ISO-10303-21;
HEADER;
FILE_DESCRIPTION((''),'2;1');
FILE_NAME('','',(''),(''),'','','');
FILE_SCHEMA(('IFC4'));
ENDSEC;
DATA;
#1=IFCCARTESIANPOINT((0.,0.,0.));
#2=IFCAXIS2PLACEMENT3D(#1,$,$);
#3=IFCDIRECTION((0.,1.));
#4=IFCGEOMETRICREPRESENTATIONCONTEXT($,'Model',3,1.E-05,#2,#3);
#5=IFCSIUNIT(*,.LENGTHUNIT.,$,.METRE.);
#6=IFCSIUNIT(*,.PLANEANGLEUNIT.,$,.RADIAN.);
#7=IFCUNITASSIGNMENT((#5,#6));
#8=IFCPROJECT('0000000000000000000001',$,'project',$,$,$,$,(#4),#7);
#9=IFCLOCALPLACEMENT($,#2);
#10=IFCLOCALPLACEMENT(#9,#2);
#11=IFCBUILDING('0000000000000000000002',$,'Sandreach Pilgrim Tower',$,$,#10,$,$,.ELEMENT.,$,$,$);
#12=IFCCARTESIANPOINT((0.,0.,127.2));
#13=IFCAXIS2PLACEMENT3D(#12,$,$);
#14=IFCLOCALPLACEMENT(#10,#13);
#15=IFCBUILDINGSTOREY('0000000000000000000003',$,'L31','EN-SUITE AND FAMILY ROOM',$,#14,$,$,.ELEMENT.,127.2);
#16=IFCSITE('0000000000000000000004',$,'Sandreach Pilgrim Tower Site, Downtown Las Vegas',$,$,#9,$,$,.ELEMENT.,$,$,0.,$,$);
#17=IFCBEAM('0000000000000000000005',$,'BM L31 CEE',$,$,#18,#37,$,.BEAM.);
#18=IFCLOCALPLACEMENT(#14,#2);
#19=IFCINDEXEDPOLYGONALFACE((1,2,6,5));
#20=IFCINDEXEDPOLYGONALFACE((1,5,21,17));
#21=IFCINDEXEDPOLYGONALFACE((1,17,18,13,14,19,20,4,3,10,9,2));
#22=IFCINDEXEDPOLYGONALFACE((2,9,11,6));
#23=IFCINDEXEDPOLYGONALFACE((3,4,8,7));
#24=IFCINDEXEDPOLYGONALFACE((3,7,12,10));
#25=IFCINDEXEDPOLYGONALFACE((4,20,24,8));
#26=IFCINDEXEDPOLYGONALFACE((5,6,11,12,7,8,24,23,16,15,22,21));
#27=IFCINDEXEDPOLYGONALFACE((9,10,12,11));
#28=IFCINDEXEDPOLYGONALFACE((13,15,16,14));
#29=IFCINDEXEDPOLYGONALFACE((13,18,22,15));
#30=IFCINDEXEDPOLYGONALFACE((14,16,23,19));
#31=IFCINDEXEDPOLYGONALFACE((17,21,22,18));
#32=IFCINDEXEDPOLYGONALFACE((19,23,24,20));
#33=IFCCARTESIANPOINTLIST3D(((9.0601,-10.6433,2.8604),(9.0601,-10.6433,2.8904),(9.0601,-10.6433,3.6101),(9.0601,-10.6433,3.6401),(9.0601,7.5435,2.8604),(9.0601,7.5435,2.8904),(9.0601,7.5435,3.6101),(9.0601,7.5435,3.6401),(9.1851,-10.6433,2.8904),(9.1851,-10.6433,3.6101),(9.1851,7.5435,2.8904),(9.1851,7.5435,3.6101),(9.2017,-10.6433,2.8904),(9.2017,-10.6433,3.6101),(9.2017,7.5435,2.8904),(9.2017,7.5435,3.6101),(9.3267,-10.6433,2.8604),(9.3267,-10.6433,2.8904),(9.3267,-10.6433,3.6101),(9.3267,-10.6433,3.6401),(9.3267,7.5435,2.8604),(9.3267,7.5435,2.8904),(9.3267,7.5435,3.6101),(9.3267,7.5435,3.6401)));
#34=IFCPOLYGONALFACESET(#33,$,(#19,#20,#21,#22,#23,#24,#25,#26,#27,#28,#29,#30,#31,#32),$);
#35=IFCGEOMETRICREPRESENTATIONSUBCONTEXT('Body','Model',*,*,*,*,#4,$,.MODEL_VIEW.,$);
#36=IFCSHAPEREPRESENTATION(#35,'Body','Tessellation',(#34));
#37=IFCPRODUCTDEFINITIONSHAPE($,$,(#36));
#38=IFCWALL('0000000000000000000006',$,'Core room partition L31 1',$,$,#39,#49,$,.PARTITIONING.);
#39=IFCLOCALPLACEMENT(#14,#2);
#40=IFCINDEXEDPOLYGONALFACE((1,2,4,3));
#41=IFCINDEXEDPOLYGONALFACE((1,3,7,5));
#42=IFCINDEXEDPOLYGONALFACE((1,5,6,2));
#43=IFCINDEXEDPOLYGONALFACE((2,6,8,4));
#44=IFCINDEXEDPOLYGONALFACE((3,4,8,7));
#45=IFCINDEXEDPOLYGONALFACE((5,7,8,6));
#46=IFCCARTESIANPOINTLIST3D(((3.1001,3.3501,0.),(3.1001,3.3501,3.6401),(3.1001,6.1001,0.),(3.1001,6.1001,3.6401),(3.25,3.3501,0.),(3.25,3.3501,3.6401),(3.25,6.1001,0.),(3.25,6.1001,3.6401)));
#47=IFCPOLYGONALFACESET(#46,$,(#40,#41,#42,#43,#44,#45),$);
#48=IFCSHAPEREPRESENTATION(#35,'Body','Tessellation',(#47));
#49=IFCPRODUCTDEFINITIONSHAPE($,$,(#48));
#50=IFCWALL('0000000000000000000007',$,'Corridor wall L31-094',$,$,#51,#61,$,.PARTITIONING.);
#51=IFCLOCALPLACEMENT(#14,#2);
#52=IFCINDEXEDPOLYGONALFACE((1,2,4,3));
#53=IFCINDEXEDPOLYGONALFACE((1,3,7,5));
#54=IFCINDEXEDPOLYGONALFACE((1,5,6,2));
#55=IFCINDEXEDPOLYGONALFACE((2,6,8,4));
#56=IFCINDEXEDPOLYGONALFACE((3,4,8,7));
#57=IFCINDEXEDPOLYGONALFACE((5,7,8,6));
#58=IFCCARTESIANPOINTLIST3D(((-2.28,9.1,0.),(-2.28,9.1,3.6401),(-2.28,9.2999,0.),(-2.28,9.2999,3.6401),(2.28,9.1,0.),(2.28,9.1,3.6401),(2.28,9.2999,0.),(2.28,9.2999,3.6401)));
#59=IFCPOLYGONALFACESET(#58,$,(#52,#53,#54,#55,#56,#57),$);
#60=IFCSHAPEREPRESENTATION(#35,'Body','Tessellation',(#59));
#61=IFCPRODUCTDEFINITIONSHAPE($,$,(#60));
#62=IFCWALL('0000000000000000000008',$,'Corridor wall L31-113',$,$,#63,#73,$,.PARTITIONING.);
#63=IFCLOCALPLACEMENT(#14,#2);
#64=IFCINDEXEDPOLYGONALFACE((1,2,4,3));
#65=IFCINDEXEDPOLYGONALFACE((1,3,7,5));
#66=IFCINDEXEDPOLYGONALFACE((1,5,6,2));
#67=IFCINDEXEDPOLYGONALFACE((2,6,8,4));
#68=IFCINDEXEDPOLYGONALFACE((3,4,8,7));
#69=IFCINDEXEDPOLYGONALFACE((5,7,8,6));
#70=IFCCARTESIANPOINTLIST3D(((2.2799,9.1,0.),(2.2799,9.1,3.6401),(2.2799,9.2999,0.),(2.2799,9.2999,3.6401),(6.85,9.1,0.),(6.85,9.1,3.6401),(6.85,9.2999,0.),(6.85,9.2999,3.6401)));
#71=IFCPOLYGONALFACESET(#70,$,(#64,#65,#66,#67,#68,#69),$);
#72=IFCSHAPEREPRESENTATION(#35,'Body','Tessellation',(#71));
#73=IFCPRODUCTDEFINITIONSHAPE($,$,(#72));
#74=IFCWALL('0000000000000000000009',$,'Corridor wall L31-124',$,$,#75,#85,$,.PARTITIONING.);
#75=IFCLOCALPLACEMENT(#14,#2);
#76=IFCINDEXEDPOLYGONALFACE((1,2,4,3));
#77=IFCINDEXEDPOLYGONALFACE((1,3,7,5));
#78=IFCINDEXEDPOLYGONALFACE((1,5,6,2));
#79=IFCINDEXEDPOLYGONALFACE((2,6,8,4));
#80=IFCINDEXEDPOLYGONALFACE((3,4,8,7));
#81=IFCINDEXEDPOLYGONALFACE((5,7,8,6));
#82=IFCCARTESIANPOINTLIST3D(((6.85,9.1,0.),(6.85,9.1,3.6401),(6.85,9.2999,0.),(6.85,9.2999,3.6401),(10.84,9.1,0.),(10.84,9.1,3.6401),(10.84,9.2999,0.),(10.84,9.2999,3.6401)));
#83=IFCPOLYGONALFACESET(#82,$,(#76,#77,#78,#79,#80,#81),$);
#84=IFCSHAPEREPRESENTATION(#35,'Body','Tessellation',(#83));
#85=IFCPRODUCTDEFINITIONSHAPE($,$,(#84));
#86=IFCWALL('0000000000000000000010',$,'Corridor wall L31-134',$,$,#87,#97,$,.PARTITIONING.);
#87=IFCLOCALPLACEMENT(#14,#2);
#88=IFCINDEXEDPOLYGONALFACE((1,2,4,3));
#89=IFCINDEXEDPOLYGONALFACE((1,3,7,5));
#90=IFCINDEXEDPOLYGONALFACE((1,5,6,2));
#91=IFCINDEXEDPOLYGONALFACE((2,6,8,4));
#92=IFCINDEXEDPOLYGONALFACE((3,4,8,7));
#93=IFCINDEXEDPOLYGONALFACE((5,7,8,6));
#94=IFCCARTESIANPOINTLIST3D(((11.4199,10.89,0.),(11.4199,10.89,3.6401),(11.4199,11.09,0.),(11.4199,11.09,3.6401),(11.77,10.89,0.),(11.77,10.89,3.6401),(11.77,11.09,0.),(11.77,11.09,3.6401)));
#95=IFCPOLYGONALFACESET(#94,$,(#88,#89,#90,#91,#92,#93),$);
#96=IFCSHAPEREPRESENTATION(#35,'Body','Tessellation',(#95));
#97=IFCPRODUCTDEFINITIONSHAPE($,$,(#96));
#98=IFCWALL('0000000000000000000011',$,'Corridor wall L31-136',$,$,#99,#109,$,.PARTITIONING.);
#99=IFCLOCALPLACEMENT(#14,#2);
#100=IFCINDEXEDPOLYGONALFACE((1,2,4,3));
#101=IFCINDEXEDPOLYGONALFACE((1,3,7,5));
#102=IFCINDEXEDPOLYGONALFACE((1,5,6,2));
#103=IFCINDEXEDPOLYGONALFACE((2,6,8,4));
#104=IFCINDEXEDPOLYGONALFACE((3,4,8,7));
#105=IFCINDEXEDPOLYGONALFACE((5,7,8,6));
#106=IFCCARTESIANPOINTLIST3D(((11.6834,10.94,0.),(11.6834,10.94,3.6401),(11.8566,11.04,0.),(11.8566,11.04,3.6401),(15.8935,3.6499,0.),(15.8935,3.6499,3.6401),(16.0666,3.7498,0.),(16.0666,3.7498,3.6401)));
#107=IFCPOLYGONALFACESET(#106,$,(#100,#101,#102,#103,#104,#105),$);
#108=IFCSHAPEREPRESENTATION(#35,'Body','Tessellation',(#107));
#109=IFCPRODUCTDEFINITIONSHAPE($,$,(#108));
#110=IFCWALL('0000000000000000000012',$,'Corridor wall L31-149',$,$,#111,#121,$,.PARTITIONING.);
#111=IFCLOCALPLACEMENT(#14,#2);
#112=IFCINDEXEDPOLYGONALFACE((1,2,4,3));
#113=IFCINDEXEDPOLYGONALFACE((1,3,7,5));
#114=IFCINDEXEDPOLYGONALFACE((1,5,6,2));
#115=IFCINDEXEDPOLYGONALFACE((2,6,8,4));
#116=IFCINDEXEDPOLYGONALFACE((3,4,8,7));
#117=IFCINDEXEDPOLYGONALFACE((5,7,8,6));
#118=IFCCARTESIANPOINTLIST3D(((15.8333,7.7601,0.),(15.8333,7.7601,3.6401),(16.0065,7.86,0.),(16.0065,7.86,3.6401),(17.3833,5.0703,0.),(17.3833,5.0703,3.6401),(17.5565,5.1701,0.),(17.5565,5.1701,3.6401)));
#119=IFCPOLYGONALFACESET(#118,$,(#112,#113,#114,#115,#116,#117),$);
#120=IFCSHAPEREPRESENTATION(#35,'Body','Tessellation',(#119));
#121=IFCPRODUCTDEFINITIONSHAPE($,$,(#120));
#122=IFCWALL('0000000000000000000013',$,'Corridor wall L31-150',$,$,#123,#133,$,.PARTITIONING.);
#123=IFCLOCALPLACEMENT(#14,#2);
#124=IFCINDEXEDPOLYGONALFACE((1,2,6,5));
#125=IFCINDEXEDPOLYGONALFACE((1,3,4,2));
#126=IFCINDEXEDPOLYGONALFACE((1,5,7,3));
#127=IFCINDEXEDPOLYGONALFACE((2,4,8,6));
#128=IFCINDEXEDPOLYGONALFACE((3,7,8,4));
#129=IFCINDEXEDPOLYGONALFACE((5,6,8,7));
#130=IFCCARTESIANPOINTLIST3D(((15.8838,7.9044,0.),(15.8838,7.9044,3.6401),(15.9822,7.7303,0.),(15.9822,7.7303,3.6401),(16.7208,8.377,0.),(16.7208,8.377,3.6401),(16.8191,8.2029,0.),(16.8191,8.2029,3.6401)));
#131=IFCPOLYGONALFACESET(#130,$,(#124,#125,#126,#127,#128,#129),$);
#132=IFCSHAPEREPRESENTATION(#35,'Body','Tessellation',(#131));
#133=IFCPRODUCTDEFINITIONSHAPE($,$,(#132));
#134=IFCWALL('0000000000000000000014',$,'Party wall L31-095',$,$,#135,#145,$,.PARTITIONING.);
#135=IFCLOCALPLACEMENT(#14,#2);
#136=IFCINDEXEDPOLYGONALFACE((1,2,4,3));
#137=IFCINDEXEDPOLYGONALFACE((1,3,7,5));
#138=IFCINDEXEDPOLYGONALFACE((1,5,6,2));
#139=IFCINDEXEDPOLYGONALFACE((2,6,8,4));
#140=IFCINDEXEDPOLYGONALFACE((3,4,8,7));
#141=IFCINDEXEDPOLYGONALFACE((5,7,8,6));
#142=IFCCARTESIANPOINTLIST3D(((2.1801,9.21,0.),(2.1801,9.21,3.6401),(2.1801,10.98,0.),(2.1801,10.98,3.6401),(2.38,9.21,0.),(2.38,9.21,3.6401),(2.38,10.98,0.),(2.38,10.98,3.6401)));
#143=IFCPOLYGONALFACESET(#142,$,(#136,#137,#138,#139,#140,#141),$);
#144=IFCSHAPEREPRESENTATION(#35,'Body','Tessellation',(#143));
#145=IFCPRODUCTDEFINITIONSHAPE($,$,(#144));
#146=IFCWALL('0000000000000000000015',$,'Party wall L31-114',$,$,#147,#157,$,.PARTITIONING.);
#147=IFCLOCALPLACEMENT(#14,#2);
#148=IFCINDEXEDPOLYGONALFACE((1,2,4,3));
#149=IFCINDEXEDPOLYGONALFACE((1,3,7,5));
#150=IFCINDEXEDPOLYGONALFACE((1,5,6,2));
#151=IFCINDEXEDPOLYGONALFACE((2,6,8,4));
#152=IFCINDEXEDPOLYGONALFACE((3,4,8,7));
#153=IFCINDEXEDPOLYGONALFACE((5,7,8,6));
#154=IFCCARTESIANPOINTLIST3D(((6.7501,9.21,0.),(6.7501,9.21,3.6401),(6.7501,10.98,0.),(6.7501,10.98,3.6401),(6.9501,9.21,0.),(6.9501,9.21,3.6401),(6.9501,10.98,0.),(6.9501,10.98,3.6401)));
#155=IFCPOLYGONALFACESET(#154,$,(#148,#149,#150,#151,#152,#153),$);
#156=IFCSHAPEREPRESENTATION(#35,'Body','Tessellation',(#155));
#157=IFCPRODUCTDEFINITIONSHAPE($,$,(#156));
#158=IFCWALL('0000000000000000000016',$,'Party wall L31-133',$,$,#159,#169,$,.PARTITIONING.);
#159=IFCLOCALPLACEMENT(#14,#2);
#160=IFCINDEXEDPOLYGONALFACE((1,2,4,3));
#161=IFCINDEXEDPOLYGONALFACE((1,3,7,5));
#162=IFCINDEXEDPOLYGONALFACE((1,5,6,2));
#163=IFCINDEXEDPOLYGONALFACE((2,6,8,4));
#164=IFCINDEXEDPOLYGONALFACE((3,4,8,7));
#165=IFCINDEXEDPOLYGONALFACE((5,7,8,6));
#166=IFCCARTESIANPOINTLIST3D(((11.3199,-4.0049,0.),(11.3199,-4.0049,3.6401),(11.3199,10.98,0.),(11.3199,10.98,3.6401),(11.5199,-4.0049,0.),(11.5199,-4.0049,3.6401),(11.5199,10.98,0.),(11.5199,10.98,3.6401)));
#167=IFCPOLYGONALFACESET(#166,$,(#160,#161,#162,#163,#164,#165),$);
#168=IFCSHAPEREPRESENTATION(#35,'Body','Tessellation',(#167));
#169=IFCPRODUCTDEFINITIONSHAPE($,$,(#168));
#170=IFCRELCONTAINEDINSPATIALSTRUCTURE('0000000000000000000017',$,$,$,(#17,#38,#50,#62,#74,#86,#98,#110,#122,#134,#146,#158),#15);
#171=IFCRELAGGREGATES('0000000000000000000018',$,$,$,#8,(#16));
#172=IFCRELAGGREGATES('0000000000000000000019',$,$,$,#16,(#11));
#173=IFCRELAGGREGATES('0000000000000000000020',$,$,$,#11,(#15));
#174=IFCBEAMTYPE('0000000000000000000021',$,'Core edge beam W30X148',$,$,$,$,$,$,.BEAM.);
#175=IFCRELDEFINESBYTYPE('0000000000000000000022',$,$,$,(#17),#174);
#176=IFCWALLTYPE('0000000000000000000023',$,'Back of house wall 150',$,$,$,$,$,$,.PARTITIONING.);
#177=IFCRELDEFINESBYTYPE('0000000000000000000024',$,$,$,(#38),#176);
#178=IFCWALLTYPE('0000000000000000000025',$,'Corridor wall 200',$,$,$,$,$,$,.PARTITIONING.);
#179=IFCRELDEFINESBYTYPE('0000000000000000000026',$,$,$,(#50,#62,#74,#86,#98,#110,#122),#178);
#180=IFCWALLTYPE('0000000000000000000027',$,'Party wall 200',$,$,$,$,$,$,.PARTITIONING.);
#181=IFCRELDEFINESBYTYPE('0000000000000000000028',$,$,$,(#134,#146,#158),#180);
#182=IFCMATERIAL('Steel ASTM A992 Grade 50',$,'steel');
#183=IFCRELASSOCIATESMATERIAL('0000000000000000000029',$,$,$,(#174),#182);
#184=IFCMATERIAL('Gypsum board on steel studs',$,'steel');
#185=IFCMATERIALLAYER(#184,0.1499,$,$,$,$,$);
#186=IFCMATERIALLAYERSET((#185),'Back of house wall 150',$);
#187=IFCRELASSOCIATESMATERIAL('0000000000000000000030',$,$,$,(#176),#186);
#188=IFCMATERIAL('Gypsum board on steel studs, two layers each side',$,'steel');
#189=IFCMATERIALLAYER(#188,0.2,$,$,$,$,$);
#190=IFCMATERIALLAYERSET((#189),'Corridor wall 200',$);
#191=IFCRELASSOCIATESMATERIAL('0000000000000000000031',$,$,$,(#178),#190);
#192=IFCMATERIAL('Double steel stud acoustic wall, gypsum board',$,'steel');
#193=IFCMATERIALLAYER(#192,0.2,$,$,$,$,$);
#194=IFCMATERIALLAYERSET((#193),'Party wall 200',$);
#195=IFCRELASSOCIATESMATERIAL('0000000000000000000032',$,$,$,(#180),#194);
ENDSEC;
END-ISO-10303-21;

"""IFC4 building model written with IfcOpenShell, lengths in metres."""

from ifc_helpers import new_model, si_unit, direction, frame, frame_2d, origin, origin_2d, place, context, subcontext, project, spatial, rectangle, i_section, extrude, material, layer, layer_set, material_profile, profile_set, type_object, element, save


model = new_model("IFC4")

# Units and contexts
model_context = context("Model", 3, precision=1e-05, world=origin(), true_north=direction((0.0, 1.0)))
body_context = subcontext(model_context, "Body", "Model", "MODEL_VIEW")
ifc_project = project(units=[si_unit("LENGTHUNIT", "METRE"), si_unit("PLANEANGLEUNIT", "RADIAN")], contexts=[model_context])

# Site, building, storey
site_placement = place(None, origin())
site = spatial("IfcSite", under=ifc_project, at=site_placement, Name="Sandreach Pilgrim Tower Site, Downtown Las Vegas", CompositionType="ELEMENT", RefElevation=0.0)
building_placement = place(site_placement, origin())
building = spatial("IfcBuilding", under=site, at=building_placement, Name="Sandreach Pilgrim Tower", CompositionType="ELEMENT")
storey_placement = place(building_placement, frame((0.0, 0.0, 127.2)))
storey = spatial("IfcBuildingStorey", under=building, at=storey_placement, Name="L31", Description="EN-SUITE AND FAMILY ROOM", CompositionType="ELEMENT", Elevation=127.2)

# Beam
ifc_material_1 = material(Name="Steel ASTM A992 Grade 50", Category="steel")
ifc_material_profile = material_profile(ifc_material_1, i_section(OverallWidth=0.2666, OverallDepth=0.7798, WebThickness=0.0166, FlangeThickness=0.03, at=origin_2d()), Name="W30X148")
ifc_profile_set = profile_set([ifc_material_profile], Name="Steel ASTM A992 Grade 50")
beam_type = type_object("IfcBeamType", Name="Core edge beam W30X148", PredefinedType="BEAM", material=ifc_profile_set)
beam_placement = place(storey_placement, frame((9.1934, 7.5435, 3.2502), z_axis=(0.0, -1.0, 0.0), x_axis=(1.0, 0.0, 0.0)))
element("IfcBeam", 1, at=beam_placement, inside=storey, type_object=beam_type, Name="BM L31 CEE", PredefinedType="BEAM", context=body_context, shape_type="SweptSolid", body=[
    extrude(i_section(OverallWidth=0.2666, OverallDepth=0.7798, WebThickness=0.0166, FlangeThickness=0.03, at=origin_2d()), origin(), (0.0, 0.0, 1.0), 18.1868),
])

# Wall
ifc_material_2 = material(Name="Gypsum board on steel studs", Category="steel")
ifc_layer_1 = layer(ifc_material_2, 0.1499)
ifc_layer_set_1 = layer_set([ifc_layer_1], Name="Back of house wall 150")
wall_type_1 = type_object("IfcWallType", Name="Back of house wall 150", PredefinedType="PARTITIONING", material=ifc_layer_set_1)
wall_1_placement = place(storey_placement, frame((3.175, 3.3501, 0.0), z_axis=(0.0, 0.0, 1.0), x_axis=(0.0, 1.0, 0.0)))
element("IfcWall", 2, at=wall_1_placement, inside=storey, type_object=wall_type_1, Name="Core room partition L31 1", PredefinedType="PARTITIONING", context=body_context, shape_type="SweptSolid", body=[
    extrude(rectangle(XDim=2.75, YDim=0.1499, at=frame_2d((1.375, 0.0))), origin(), (0.0, 0.0, 1.0), 3.6401),
])

# Wall
ifc_material_3 = material(Name="Gypsum board on steel studs, two layers each side", Category="steel")
ifc_layer_2 = layer(ifc_material_3, 0.2)
ifc_layer_set_2 = layer_set([ifc_layer_2], Name="Corridor wall 200")
wall_type_2 = type_object("IfcWallType", Name="Corridor wall 200", PredefinedType="PARTITIONING", material=ifc_layer_set_2)
wall_2_placement = place(storey_placement, frame((2.28, 9.2, 0.0), z_axis=(0.0, 0.0, 1.0), x_axis=(-1.0, 0.0, 0.0)))
element("IfcWall", 3, at=wall_2_placement, inside=storey, type_object=wall_type_2, Name="Corridor wall L31-094", PredefinedType="PARTITIONING", context=body_context, shape_type="SweptSolid", body=[
    extrude(rectangle(XDim=4.5601, YDim=0.2, at=frame_2d((2.28, 0.0))), origin(), (0.0, 0.0, 1.0), 3.6401),
])

# Wall
wall_3_placement = place(storey_placement, frame((6.8501, 9.2, 0.0), z_axis=(0.0, 0.0, 1.0), x_axis=(-1.0, 0.0, 0.0)))
element("IfcWall", 4, at=wall_3_placement, inside=storey, type_object=wall_type_2, Name="Corridor wall L31-113", PredefinedType="PARTITIONING", context=body_context, shape_type="SweptSolid", body=[
    extrude(rectangle(XDim=4.5701, YDim=0.2, at=frame_2d((2.2852, 0.0))), origin(), (0.0, 0.0, 1.0), 3.6401),
])

# Walls
wall_4_placement = place(storey_placement, frame((10.8401, 9.2, 0.0), z_axis=(0.0, 0.0, 1.0), x_axis=(-1.0, 0.0, 0.0)))
element("IfcWall", 5, at=wall_4_placement, inside=storey, type_object=wall_type_2, Name="Corridor wall L31-124", PredefinedType="PARTITIONING", context=body_context, shape_type="SweptSolid", body=[
    extrude(rectangle(XDim=3.99, YDim=0.2, at=frame_2d((1.9951, 0.0))), origin(), (0.0, 0.0, 1.0), 3.6401),
])
wall_5_placement = place(storey_placement, frame((11.4199, 10.99, 0.0), z_axis=(0.0, 0.0, 1.0), x_axis=(1.0, 0.0, 0.0)))
element("IfcWall", 6, at=wall_5_placement, inside=storey, type_object=wall_type_2, Name="Corridor wall L31-134", PredefinedType="PARTITIONING", context=body_context, shape_type="SweptSolid", body=[
    extrude(rectangle(XDim=0.3501, YDim=0.2, at=frame_2d((0.175, 0.0))), origin(), (0.0, 0.0, 1.0), 3.6401),
])
wall_6_placement = place(storey_placement, frame((11.77, 10.99, 0.0), z_axis=(0.0, 0.0, 1.0), x_axis=(0.500094, -0.865971, 0.0)))
element("IfcWall", 7, at=wall_6_placement, inside=storey, type_object=wall_type_2, Name="Corridor wall L31-136", PredefinedType="PARTITIONING", context=body_context, shape_type="SweptSolid", body=[
    extrude(rectangle(XDim=8.4185, YDim=0.2, at=frame_2d((4.2092, 0.0))), origin(), (0.0, 0.0, 1.0), 3.6401),
])
wall_7_placement = place(storey_placement, frame((15.9199, 7.8101, 0.0), z_axis=(0.0, 0.0, 1.0), x_axis=(0.499278, -0.866442, 0.0)))
element("IfcWall", 8, at=wall_7_placement, inside=storey, type_object=wall_type_2, Name="Corridor wall L31-149", PredefinedType="PARTITIONING", context=body_context, shape_type="SweptSolid", body=[
    extrude(rectangle(XDim=3.1045, YDim=0.2, at=frame_2d((1.5522, 0.0))), origin(), (0.0, 0.0, 1.0), 3.6401),
])
wall_8_placement = place(storey_placement, frame((15.9331, 7.8174, 0.0), z_axis=(0.0, 0.0, 1.0), x_axis=(0.870733, 0.491756, 0.0)))
element("IfcWall", 9, at=wall_8_placement, inside=storey, type_object=wall_type_2, Name="Corridor wall L31-150", PredefinedType="PARTITIONING", context=body_context, shape_type="SweptSolid", body=[
    extrude(rectangle(XDim=0.9612, YDim=0.2, at=frame_2d((0.4805, 0.0))), origin(), (0.0, 0.0, 1.0), 3.6401),
])

# Walls
ifc_material_4 = material(Name="Double steel stud acoustic wall, gypsum board", Category="steel")
ifc_layer_3 = layer(ifc_material_4, 0.2)
ifc_layer_set_3 = layer_set([ifc_layer_3], Name="Party wall 200")
wall_type_3 = type_object("IfcWallType", Name="Party wall 200", PredefinedType="PARTITIONING", material=ifc_layer_set_3)
for number, where, z_axis, x_axis, name in (
    (10, (2.28, 10.98, 0.0), (0.0, 0.0, 1.0), (0.0, -1.0, 0.0), "Party wall L31-095"),
    (11, (6.8501, 10.98, 0.0), (0.0, 0.0, 1.0), (0.0, -1.0, 0.0), "Party wall L31-114"),
):
    element("IfcWall", number, at=place(storey_placement, frame(where, z_axis=z_axis, x_axis=x_axis)), inside=storey, type_object=wall_type_3, Name=name, PredefinedType="PARTITIONING", context=body_context, shape_type="SweptSolid", body=[
        extrude(rectangle(XDim=1.77, YDim=0.2, at=frame_2d((0.885, 0.0))), origin(), (0.0, 0.0, 1.0), 3.6401),
    ])
wall_9_placement = place(storey_placement, frame((11.4199, 10.98, 0.0), z_axis=(0.0, 0.0, 1.0), x_axis=(0.0, -1.0, 0.0)))
element("IfcWall", 12, at=wall_9_placement, inside=storey, type_object=wall_type_3, Name="Party wall L31-133", PredefinedType="PARTITIONING", context=body_context, shape_type="SweptSolid", body=[
    extrude(rectangle(XDim=14.9849, YDim=0.2, at=frame_2d((7.4924, 0.0))), origin(), (0.0, 0.0, 1.0), 3.6401),
])

save(model, "model.ifc")
